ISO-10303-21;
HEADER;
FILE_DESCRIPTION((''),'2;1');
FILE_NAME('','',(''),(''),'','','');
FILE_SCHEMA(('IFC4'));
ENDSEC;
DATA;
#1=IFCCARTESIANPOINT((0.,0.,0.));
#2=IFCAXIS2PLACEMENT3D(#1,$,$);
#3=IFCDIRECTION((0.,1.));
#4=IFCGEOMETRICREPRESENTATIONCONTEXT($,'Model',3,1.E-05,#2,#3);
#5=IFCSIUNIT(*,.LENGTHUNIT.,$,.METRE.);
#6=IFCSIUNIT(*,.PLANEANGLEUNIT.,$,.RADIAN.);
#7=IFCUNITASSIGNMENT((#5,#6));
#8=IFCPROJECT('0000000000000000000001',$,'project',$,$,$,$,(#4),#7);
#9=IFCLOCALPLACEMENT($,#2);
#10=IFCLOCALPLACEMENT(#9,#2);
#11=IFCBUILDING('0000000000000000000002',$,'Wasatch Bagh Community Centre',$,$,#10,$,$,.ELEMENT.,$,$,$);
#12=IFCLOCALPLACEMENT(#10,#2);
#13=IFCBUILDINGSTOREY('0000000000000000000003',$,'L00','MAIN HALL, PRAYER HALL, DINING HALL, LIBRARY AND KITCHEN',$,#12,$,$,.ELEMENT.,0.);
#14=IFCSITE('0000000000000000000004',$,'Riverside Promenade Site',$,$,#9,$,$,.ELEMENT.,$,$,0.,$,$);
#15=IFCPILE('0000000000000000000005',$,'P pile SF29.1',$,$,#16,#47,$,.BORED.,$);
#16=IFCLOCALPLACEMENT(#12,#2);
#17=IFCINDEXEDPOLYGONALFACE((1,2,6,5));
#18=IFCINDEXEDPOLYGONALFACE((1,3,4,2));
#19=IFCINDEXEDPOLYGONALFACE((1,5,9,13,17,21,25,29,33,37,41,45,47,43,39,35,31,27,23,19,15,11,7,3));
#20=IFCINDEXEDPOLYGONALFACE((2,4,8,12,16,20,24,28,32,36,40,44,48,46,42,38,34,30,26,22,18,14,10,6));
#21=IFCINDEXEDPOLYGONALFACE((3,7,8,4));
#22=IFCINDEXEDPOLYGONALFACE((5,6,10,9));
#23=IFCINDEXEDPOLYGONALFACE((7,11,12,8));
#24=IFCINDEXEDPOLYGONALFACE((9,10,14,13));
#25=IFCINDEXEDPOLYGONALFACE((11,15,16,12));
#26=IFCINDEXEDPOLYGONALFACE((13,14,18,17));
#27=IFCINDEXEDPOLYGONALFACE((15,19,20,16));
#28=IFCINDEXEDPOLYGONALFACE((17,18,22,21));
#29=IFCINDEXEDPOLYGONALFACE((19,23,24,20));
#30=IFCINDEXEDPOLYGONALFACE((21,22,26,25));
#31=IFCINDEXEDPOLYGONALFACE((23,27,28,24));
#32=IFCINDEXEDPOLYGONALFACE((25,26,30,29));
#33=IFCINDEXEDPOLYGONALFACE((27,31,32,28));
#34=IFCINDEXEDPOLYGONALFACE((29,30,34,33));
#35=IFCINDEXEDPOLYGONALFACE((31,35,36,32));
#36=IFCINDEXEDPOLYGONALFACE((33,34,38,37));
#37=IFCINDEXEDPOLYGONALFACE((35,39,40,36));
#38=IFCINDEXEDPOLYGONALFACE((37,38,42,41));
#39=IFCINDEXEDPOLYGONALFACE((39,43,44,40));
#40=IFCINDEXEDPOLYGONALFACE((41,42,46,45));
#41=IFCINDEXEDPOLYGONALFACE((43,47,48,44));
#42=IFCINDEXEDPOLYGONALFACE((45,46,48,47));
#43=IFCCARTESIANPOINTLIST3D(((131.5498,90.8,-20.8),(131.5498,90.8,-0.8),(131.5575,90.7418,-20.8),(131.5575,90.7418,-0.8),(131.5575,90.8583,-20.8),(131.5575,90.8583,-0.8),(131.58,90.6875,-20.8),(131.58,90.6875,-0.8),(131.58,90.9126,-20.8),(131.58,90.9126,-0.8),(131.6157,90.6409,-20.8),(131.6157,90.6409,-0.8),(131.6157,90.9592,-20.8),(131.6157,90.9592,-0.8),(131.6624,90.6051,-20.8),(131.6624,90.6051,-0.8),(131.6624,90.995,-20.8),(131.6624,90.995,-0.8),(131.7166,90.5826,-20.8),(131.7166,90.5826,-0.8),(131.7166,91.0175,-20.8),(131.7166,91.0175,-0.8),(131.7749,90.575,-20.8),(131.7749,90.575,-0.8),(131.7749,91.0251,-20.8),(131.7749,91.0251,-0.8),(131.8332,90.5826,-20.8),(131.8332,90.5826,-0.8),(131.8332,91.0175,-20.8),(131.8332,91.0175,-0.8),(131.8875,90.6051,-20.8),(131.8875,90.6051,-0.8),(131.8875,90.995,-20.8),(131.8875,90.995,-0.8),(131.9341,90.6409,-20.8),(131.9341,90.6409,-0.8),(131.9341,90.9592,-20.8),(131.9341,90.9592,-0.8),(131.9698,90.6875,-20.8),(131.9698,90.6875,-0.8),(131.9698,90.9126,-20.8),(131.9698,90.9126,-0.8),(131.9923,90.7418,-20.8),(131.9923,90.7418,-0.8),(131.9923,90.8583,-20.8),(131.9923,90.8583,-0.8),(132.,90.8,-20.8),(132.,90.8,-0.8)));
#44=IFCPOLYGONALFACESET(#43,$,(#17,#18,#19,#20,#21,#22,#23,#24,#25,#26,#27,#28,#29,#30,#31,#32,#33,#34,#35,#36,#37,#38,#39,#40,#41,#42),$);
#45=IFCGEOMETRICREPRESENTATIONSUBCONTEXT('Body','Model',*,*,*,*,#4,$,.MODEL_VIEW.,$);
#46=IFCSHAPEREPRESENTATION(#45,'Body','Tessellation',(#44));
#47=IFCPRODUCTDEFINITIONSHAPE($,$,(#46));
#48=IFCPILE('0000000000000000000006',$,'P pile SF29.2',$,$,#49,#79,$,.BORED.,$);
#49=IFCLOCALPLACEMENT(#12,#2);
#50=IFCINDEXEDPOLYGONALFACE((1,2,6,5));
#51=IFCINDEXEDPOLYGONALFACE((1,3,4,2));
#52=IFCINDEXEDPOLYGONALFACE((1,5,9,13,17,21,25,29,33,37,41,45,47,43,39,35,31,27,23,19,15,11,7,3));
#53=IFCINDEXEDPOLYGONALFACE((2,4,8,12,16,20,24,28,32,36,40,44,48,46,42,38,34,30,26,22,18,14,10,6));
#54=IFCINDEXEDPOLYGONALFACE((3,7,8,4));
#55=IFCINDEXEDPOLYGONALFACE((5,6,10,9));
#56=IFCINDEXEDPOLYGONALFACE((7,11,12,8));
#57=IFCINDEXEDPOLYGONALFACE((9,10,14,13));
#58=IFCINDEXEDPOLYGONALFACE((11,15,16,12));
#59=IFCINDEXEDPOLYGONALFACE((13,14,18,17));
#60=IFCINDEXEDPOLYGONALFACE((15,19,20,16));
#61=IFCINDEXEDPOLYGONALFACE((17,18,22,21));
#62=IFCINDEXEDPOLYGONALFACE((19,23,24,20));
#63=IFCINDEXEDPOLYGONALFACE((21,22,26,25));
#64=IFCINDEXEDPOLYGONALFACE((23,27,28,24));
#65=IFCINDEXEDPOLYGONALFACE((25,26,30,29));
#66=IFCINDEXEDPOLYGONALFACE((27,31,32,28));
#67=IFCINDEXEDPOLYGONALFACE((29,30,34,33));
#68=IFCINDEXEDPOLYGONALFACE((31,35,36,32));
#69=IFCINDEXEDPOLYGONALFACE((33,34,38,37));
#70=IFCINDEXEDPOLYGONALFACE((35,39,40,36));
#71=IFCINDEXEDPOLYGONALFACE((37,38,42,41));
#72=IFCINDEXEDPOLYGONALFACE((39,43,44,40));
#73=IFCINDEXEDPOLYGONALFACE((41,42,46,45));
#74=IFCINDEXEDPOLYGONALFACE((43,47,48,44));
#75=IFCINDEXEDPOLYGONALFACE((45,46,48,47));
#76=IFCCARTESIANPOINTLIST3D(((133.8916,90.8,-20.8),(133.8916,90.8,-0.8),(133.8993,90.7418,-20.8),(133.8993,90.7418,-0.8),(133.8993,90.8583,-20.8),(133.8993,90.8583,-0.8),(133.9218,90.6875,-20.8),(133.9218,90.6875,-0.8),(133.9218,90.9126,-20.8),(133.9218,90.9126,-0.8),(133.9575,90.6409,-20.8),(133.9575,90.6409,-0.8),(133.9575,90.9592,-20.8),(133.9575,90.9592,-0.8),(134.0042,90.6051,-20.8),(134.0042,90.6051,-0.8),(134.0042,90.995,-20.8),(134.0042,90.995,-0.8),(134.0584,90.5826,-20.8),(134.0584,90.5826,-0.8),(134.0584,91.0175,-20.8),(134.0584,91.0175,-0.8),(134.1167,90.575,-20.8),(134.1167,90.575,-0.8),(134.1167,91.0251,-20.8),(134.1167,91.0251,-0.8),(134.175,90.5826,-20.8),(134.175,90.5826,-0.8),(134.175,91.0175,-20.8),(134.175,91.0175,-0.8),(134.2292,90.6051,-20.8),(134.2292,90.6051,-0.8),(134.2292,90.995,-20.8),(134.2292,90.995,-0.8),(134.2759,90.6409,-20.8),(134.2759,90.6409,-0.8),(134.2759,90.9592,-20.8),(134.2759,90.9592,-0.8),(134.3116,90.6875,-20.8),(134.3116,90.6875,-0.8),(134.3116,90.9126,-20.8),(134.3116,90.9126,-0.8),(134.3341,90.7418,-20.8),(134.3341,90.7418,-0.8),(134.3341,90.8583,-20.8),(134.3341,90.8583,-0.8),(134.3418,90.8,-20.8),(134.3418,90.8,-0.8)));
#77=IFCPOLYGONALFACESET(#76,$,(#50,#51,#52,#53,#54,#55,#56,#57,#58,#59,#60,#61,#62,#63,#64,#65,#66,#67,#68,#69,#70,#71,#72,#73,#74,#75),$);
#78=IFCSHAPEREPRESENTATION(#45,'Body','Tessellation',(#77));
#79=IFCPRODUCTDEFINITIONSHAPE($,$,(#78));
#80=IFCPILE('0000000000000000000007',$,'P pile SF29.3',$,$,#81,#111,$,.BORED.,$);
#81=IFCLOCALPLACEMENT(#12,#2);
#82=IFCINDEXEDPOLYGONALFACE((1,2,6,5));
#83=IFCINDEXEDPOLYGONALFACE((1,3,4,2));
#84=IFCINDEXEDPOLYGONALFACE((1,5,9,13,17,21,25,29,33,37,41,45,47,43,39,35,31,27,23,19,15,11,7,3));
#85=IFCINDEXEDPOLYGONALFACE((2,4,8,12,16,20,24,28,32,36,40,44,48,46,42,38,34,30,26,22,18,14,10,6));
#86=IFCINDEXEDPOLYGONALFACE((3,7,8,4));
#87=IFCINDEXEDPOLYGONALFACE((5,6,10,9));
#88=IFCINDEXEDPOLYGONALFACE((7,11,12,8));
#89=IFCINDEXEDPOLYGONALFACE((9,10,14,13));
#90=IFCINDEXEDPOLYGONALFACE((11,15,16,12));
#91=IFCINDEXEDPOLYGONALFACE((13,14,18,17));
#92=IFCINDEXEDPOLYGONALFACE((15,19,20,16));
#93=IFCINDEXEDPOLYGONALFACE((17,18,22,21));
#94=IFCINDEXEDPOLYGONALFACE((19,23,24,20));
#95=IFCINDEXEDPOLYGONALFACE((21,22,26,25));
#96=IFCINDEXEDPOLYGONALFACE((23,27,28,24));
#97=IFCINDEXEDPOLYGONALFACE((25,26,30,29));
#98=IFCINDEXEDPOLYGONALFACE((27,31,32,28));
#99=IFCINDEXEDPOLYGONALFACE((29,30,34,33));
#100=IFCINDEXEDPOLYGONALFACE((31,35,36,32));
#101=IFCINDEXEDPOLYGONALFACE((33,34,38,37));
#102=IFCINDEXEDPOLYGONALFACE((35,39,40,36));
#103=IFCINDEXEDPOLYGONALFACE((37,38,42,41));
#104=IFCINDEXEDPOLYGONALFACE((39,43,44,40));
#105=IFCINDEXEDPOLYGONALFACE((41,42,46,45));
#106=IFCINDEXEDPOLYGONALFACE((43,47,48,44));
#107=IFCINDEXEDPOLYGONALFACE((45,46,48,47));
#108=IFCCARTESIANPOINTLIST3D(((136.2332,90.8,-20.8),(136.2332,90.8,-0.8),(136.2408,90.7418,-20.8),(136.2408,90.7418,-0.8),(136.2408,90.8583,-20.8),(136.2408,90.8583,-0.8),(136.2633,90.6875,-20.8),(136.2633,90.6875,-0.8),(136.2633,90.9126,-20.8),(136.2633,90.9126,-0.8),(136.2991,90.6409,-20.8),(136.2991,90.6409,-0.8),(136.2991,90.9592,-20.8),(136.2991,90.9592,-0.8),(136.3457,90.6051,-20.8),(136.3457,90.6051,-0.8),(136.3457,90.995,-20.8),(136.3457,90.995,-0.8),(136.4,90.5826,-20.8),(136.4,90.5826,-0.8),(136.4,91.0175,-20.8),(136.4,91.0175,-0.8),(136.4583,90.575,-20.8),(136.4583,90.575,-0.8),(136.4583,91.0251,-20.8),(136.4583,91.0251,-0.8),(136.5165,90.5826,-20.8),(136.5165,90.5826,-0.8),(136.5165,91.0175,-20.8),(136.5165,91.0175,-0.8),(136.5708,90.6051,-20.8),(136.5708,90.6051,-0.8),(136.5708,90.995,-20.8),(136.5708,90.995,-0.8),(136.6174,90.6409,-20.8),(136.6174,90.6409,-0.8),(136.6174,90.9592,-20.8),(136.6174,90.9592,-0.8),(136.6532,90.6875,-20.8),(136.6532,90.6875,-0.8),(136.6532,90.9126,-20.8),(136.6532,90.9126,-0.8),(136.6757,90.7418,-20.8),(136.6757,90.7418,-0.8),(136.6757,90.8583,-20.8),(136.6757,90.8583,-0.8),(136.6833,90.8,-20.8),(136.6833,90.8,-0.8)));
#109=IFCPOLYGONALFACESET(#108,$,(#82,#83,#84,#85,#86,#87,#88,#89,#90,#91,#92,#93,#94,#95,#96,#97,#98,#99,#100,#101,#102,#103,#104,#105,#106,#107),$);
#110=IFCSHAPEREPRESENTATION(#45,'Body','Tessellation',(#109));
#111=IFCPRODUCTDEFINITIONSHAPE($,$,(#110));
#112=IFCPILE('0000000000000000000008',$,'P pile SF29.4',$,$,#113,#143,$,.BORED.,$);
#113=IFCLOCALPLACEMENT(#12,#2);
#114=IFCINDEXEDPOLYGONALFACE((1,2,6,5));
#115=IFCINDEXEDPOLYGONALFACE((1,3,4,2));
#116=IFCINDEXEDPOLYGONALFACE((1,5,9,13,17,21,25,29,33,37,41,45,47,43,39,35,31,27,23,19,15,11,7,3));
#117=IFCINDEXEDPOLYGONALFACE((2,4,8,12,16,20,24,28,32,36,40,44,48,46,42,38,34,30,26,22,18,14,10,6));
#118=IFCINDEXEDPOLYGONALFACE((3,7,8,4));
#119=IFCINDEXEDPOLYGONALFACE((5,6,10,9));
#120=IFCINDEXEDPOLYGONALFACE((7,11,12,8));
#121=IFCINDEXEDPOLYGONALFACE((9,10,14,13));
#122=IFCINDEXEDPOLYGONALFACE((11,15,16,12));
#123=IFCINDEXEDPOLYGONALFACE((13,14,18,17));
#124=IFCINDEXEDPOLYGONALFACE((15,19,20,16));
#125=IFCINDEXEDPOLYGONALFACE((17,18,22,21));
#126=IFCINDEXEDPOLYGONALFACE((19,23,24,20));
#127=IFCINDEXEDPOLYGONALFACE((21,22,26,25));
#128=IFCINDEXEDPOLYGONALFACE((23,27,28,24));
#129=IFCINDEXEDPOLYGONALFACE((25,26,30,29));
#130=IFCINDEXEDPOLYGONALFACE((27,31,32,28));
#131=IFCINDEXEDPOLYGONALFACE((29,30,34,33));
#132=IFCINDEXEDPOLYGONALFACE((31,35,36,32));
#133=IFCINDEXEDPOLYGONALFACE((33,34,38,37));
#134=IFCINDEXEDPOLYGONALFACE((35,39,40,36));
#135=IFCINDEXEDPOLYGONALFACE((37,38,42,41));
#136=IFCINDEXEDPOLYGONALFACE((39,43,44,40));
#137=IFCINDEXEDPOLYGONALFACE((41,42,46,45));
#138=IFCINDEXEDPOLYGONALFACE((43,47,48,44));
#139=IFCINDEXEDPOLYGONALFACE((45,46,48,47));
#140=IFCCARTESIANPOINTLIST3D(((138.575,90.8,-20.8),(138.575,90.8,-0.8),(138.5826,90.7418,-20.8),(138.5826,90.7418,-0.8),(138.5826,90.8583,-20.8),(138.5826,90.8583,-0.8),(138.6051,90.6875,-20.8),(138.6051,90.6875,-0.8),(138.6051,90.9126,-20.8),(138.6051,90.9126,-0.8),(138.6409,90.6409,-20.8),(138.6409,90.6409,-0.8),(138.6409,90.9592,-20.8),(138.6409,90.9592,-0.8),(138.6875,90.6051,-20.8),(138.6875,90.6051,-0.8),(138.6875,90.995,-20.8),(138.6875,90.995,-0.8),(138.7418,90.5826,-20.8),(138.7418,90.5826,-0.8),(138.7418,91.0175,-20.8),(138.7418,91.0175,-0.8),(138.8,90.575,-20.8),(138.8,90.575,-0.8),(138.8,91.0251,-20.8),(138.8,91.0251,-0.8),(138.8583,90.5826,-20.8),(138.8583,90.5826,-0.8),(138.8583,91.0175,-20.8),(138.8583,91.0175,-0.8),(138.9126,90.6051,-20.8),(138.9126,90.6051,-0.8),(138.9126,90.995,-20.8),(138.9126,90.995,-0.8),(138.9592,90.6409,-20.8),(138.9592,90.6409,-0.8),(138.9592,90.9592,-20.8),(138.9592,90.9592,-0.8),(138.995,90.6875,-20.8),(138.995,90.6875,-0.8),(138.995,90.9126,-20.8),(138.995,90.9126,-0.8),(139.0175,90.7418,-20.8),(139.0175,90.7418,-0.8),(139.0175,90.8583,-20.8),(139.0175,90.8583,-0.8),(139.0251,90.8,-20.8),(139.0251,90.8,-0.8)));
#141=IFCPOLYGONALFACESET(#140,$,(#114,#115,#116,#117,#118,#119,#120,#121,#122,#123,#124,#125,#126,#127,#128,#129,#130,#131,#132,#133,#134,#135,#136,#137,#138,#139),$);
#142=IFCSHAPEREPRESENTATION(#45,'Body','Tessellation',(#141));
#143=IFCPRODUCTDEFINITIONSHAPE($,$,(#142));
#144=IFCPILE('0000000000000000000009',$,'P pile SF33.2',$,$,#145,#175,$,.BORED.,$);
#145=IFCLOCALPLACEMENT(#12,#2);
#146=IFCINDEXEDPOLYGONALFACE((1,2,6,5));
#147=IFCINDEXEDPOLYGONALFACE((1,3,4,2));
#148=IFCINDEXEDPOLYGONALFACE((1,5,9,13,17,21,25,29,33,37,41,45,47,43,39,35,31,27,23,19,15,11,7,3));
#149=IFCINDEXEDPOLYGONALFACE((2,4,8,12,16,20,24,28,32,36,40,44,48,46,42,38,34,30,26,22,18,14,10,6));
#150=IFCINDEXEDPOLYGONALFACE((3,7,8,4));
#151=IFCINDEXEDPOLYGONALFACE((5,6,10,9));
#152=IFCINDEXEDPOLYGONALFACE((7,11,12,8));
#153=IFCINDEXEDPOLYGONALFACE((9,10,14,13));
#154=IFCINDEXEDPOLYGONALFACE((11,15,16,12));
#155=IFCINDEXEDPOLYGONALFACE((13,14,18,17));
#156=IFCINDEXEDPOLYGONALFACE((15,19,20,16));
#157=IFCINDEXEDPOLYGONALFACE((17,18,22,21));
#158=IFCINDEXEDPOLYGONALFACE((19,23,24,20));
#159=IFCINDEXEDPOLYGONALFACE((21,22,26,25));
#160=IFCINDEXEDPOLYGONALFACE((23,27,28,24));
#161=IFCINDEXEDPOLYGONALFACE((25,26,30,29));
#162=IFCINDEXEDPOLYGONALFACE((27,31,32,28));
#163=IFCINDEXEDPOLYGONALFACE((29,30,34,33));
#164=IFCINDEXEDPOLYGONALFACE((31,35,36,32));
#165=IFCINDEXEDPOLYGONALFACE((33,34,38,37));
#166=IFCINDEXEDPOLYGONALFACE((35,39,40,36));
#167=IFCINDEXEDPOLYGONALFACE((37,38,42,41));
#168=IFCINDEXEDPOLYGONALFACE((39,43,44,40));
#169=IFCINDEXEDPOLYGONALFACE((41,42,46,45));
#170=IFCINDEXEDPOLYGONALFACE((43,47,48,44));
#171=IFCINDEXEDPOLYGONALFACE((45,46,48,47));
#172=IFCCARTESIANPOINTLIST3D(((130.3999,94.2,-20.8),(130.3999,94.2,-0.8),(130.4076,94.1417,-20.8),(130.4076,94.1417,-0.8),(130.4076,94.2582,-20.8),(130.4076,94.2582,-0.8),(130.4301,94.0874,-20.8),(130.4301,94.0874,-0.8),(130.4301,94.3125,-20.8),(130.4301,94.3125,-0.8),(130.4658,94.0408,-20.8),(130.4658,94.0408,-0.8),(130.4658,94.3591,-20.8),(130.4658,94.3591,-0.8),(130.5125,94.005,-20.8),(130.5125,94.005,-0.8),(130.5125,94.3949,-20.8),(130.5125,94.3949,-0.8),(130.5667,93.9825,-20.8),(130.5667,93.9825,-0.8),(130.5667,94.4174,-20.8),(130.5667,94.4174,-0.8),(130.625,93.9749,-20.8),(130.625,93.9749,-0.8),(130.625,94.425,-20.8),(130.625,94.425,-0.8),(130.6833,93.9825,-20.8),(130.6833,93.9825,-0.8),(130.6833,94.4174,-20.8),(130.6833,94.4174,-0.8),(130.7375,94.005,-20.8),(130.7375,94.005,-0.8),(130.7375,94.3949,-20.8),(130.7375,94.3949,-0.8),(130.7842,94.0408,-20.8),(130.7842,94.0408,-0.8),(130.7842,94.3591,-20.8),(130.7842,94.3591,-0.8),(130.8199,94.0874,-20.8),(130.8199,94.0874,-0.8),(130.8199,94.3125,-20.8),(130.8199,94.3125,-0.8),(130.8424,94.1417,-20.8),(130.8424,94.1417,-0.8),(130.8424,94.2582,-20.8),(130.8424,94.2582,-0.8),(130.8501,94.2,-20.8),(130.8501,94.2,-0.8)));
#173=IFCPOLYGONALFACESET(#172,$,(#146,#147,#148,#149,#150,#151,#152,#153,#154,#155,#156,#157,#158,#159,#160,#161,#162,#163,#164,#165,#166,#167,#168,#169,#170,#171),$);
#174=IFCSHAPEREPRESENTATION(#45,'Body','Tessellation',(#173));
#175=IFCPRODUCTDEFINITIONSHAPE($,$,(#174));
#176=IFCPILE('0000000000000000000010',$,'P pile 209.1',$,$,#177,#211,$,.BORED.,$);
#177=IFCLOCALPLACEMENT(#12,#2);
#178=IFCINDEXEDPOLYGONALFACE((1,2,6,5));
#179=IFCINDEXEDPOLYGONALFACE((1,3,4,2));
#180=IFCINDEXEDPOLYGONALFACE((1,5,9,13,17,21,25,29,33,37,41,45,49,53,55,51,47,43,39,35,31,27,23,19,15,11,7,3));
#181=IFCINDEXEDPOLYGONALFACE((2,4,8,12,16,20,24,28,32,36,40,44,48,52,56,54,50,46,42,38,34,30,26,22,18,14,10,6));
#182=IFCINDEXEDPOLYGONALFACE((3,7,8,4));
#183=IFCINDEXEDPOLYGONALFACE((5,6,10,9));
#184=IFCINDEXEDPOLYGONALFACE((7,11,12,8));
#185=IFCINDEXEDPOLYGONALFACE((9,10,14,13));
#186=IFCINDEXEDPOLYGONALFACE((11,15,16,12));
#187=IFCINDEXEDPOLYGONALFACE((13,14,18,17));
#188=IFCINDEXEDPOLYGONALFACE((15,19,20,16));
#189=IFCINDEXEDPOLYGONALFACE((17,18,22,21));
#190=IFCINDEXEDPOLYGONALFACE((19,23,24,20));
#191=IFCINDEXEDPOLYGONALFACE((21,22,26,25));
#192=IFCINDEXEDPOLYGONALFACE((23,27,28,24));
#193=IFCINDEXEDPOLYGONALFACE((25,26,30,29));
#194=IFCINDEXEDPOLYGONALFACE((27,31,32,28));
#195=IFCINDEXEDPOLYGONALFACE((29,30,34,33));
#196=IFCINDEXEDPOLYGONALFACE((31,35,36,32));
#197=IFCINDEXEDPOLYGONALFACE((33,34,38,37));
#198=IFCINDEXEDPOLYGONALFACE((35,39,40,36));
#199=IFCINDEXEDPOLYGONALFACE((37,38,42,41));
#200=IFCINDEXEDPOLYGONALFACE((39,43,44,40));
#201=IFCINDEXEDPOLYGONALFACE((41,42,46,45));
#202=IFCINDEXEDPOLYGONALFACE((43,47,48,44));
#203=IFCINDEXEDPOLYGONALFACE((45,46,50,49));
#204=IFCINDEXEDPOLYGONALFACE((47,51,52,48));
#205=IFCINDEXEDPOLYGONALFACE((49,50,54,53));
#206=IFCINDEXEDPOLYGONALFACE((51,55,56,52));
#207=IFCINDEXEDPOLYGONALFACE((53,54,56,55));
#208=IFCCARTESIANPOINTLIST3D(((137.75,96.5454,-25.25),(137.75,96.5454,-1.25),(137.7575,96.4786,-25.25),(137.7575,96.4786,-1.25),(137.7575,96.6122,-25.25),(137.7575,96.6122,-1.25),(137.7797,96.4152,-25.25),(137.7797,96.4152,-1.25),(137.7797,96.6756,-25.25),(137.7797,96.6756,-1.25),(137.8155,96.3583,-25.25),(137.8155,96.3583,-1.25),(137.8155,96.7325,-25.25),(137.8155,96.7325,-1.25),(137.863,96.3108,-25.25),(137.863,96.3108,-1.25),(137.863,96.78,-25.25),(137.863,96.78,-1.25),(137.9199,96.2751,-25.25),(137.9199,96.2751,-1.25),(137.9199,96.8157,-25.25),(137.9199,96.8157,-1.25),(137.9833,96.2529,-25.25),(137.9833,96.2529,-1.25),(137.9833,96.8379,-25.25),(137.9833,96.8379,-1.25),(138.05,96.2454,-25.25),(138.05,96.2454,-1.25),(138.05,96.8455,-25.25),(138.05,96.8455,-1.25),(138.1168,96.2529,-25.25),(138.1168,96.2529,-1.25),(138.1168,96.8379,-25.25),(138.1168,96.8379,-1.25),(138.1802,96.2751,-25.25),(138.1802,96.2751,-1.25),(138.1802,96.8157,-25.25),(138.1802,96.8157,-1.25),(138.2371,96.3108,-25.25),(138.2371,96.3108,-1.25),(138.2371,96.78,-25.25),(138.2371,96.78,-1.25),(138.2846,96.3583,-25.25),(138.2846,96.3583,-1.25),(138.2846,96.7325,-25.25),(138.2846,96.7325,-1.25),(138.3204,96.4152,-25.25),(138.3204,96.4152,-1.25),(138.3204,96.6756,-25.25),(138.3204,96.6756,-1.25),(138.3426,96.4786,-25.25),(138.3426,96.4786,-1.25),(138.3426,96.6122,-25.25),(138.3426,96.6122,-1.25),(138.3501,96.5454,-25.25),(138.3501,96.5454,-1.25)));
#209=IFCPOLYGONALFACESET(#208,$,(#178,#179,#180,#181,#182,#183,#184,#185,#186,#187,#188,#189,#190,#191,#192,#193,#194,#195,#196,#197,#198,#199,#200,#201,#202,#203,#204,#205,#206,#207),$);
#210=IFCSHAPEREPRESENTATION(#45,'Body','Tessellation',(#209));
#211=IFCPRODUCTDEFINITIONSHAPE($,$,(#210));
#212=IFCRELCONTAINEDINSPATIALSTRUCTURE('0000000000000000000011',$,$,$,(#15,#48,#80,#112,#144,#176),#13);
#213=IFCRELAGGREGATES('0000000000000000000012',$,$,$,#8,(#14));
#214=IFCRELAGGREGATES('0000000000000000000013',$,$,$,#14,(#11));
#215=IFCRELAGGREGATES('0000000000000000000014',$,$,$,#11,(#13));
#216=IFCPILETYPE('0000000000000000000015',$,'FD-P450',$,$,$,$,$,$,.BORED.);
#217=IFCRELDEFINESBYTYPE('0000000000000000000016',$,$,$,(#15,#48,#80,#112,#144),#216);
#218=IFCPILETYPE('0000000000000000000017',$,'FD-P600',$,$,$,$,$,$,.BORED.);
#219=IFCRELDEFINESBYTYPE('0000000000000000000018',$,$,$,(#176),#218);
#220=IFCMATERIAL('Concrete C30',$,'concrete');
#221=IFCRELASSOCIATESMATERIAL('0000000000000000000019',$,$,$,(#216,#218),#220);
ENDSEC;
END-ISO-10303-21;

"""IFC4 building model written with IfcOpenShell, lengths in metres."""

from ifc_helpers import new_model, si_unit, direction, frame, origin, origin_2d, place, context, subcontext, project, spatial, circle, extrude, material, material_profile, profile_set, type_object, element, save


model = new_model("IFC4")

# Units and contexts
model_context = context("Model", 3, precision=1e-05, world=origin(), true_north=direction((0.0, 1.0)))
body_context = subcontext(model_context, "Body", "Model", "MODEL_VIEW")
ifc_project = project(units=[si_unit("LENGTHUNIT", "METRE"), si_unit("PLANEANGLEUNIT", "RADIAN")], contexts=[model_context])

# Site, building, storey
site_placement = place(None, origin())
site = spatial("IfcSite", under=ifc_project, at=site_placement, Name="Riverside Promenade Site", CompositionType="ELEMENT", RefElevation=0.0)
building_placement = place(site_placement, origin())
building = spatial("IfcBuilding", under=site, at=building_placement, Name="Wasatch Bagh Community Centre", CompositionType="ELEMENT")
storey_placement = place(building_placement, origin())
storey = spatial("IfcBuildingStorey", under=building, at=storey_placement, Name="L00", Description="MAIN HALL, PRAYER HALL, DINING HALL, LIBRARY AND KITCHEN", CompositionType="ELEMENT", Elevation=0.0)

# Piles
ifc_material_1 = material(Name="Concrete C30", Category="concrete")
ifc_material_profile_1 = material_profile(ifc_material_1, circle(Radius=0.2251, at=origin_2d()), Name="RC D450")
ifc_profile_set_1 = profile_set([ifc_material_profile_1], Name="Concrete C30")
pile_type_1 = type_object("IfcPileType", Name="FD-P450", PredefinedType="BORED", material=ifc_profile_set_1)
for number, where, z_axis, x_axis, name in (
    (1, (131.7749, 90.8, -0.8), (0.0, 0.0, -1.0), (1.0, 0.0, 0.0), "P pile SF29.1"),
    (2, (134.1167, 90.8, -0.8), (0.0, 0.0, -1.0), (1.0, 0.0, 0.0), "P pile SF29.2"),
    (3, (136.4583, 90.8, -0.8), (0.0, 0.0, -1.0), (1.0, 0.0, 0.0), "P pile SF29.3"),
    (4, (138.8, 90.8, -0.8), (0.0, 0.0, -1.0), (1.0, 0.0, 0.0), "P pile SF29.4"),
    (5, (130.625, 94.2, -0.8), (0.0, 0.0, -1.0), (1.0, 0.0, 0.0), "P pile SF33.2"),
):
    element("IfcPile", number, at=place(storey_placement, frame(where, z_axis=z_axis, x_axis=x_axis)), inside=storey, type_object=pile_type_1, Name=name, PredefinedType="BORED", context=body_context, shape_type="SweptSolid", body=[
        extrude(circle(Radius=0.2251, at=origin_2d()), origin(), (0.0, 0.0, 1.0), 20.0),
    ])
ifc_material_profile_2 = material_profile(ifc_material_1, circle(Radius=0.3, at=origin_2d()), Name="RC D600")
ifc_profile_set_2 = profile_set([ifc_material_profile_2], Name="Concrete C30")
pile_type_2 = type_object("IfcPileType", Name="FD-P600", PredefinedType="BORED", material=ifc_profile_set_2)
for number, where, z_axis, x_axis, name in (
    (6, (138.05, 96.5454, -1.25), (0.0, 0.0, -1.0), (1.0, 0.0, 0.0), "P pile 209.1"),
):
    element("IfcPile", number, at=place(storey_placement, frame(where, z_axis=z_axis, x_axis=x_axis)), inside=storey, type_object=pile_type_2, Name=name, PredefinedType="BORED", context=body_context, shape_type="SweptSolid", body=[
        extrude(circle(Radius=0.3, at=origin_2d()), origin(), (0.0, 0.0, 1.0), 24.0),
    ])

save(model, "model.ifc")
